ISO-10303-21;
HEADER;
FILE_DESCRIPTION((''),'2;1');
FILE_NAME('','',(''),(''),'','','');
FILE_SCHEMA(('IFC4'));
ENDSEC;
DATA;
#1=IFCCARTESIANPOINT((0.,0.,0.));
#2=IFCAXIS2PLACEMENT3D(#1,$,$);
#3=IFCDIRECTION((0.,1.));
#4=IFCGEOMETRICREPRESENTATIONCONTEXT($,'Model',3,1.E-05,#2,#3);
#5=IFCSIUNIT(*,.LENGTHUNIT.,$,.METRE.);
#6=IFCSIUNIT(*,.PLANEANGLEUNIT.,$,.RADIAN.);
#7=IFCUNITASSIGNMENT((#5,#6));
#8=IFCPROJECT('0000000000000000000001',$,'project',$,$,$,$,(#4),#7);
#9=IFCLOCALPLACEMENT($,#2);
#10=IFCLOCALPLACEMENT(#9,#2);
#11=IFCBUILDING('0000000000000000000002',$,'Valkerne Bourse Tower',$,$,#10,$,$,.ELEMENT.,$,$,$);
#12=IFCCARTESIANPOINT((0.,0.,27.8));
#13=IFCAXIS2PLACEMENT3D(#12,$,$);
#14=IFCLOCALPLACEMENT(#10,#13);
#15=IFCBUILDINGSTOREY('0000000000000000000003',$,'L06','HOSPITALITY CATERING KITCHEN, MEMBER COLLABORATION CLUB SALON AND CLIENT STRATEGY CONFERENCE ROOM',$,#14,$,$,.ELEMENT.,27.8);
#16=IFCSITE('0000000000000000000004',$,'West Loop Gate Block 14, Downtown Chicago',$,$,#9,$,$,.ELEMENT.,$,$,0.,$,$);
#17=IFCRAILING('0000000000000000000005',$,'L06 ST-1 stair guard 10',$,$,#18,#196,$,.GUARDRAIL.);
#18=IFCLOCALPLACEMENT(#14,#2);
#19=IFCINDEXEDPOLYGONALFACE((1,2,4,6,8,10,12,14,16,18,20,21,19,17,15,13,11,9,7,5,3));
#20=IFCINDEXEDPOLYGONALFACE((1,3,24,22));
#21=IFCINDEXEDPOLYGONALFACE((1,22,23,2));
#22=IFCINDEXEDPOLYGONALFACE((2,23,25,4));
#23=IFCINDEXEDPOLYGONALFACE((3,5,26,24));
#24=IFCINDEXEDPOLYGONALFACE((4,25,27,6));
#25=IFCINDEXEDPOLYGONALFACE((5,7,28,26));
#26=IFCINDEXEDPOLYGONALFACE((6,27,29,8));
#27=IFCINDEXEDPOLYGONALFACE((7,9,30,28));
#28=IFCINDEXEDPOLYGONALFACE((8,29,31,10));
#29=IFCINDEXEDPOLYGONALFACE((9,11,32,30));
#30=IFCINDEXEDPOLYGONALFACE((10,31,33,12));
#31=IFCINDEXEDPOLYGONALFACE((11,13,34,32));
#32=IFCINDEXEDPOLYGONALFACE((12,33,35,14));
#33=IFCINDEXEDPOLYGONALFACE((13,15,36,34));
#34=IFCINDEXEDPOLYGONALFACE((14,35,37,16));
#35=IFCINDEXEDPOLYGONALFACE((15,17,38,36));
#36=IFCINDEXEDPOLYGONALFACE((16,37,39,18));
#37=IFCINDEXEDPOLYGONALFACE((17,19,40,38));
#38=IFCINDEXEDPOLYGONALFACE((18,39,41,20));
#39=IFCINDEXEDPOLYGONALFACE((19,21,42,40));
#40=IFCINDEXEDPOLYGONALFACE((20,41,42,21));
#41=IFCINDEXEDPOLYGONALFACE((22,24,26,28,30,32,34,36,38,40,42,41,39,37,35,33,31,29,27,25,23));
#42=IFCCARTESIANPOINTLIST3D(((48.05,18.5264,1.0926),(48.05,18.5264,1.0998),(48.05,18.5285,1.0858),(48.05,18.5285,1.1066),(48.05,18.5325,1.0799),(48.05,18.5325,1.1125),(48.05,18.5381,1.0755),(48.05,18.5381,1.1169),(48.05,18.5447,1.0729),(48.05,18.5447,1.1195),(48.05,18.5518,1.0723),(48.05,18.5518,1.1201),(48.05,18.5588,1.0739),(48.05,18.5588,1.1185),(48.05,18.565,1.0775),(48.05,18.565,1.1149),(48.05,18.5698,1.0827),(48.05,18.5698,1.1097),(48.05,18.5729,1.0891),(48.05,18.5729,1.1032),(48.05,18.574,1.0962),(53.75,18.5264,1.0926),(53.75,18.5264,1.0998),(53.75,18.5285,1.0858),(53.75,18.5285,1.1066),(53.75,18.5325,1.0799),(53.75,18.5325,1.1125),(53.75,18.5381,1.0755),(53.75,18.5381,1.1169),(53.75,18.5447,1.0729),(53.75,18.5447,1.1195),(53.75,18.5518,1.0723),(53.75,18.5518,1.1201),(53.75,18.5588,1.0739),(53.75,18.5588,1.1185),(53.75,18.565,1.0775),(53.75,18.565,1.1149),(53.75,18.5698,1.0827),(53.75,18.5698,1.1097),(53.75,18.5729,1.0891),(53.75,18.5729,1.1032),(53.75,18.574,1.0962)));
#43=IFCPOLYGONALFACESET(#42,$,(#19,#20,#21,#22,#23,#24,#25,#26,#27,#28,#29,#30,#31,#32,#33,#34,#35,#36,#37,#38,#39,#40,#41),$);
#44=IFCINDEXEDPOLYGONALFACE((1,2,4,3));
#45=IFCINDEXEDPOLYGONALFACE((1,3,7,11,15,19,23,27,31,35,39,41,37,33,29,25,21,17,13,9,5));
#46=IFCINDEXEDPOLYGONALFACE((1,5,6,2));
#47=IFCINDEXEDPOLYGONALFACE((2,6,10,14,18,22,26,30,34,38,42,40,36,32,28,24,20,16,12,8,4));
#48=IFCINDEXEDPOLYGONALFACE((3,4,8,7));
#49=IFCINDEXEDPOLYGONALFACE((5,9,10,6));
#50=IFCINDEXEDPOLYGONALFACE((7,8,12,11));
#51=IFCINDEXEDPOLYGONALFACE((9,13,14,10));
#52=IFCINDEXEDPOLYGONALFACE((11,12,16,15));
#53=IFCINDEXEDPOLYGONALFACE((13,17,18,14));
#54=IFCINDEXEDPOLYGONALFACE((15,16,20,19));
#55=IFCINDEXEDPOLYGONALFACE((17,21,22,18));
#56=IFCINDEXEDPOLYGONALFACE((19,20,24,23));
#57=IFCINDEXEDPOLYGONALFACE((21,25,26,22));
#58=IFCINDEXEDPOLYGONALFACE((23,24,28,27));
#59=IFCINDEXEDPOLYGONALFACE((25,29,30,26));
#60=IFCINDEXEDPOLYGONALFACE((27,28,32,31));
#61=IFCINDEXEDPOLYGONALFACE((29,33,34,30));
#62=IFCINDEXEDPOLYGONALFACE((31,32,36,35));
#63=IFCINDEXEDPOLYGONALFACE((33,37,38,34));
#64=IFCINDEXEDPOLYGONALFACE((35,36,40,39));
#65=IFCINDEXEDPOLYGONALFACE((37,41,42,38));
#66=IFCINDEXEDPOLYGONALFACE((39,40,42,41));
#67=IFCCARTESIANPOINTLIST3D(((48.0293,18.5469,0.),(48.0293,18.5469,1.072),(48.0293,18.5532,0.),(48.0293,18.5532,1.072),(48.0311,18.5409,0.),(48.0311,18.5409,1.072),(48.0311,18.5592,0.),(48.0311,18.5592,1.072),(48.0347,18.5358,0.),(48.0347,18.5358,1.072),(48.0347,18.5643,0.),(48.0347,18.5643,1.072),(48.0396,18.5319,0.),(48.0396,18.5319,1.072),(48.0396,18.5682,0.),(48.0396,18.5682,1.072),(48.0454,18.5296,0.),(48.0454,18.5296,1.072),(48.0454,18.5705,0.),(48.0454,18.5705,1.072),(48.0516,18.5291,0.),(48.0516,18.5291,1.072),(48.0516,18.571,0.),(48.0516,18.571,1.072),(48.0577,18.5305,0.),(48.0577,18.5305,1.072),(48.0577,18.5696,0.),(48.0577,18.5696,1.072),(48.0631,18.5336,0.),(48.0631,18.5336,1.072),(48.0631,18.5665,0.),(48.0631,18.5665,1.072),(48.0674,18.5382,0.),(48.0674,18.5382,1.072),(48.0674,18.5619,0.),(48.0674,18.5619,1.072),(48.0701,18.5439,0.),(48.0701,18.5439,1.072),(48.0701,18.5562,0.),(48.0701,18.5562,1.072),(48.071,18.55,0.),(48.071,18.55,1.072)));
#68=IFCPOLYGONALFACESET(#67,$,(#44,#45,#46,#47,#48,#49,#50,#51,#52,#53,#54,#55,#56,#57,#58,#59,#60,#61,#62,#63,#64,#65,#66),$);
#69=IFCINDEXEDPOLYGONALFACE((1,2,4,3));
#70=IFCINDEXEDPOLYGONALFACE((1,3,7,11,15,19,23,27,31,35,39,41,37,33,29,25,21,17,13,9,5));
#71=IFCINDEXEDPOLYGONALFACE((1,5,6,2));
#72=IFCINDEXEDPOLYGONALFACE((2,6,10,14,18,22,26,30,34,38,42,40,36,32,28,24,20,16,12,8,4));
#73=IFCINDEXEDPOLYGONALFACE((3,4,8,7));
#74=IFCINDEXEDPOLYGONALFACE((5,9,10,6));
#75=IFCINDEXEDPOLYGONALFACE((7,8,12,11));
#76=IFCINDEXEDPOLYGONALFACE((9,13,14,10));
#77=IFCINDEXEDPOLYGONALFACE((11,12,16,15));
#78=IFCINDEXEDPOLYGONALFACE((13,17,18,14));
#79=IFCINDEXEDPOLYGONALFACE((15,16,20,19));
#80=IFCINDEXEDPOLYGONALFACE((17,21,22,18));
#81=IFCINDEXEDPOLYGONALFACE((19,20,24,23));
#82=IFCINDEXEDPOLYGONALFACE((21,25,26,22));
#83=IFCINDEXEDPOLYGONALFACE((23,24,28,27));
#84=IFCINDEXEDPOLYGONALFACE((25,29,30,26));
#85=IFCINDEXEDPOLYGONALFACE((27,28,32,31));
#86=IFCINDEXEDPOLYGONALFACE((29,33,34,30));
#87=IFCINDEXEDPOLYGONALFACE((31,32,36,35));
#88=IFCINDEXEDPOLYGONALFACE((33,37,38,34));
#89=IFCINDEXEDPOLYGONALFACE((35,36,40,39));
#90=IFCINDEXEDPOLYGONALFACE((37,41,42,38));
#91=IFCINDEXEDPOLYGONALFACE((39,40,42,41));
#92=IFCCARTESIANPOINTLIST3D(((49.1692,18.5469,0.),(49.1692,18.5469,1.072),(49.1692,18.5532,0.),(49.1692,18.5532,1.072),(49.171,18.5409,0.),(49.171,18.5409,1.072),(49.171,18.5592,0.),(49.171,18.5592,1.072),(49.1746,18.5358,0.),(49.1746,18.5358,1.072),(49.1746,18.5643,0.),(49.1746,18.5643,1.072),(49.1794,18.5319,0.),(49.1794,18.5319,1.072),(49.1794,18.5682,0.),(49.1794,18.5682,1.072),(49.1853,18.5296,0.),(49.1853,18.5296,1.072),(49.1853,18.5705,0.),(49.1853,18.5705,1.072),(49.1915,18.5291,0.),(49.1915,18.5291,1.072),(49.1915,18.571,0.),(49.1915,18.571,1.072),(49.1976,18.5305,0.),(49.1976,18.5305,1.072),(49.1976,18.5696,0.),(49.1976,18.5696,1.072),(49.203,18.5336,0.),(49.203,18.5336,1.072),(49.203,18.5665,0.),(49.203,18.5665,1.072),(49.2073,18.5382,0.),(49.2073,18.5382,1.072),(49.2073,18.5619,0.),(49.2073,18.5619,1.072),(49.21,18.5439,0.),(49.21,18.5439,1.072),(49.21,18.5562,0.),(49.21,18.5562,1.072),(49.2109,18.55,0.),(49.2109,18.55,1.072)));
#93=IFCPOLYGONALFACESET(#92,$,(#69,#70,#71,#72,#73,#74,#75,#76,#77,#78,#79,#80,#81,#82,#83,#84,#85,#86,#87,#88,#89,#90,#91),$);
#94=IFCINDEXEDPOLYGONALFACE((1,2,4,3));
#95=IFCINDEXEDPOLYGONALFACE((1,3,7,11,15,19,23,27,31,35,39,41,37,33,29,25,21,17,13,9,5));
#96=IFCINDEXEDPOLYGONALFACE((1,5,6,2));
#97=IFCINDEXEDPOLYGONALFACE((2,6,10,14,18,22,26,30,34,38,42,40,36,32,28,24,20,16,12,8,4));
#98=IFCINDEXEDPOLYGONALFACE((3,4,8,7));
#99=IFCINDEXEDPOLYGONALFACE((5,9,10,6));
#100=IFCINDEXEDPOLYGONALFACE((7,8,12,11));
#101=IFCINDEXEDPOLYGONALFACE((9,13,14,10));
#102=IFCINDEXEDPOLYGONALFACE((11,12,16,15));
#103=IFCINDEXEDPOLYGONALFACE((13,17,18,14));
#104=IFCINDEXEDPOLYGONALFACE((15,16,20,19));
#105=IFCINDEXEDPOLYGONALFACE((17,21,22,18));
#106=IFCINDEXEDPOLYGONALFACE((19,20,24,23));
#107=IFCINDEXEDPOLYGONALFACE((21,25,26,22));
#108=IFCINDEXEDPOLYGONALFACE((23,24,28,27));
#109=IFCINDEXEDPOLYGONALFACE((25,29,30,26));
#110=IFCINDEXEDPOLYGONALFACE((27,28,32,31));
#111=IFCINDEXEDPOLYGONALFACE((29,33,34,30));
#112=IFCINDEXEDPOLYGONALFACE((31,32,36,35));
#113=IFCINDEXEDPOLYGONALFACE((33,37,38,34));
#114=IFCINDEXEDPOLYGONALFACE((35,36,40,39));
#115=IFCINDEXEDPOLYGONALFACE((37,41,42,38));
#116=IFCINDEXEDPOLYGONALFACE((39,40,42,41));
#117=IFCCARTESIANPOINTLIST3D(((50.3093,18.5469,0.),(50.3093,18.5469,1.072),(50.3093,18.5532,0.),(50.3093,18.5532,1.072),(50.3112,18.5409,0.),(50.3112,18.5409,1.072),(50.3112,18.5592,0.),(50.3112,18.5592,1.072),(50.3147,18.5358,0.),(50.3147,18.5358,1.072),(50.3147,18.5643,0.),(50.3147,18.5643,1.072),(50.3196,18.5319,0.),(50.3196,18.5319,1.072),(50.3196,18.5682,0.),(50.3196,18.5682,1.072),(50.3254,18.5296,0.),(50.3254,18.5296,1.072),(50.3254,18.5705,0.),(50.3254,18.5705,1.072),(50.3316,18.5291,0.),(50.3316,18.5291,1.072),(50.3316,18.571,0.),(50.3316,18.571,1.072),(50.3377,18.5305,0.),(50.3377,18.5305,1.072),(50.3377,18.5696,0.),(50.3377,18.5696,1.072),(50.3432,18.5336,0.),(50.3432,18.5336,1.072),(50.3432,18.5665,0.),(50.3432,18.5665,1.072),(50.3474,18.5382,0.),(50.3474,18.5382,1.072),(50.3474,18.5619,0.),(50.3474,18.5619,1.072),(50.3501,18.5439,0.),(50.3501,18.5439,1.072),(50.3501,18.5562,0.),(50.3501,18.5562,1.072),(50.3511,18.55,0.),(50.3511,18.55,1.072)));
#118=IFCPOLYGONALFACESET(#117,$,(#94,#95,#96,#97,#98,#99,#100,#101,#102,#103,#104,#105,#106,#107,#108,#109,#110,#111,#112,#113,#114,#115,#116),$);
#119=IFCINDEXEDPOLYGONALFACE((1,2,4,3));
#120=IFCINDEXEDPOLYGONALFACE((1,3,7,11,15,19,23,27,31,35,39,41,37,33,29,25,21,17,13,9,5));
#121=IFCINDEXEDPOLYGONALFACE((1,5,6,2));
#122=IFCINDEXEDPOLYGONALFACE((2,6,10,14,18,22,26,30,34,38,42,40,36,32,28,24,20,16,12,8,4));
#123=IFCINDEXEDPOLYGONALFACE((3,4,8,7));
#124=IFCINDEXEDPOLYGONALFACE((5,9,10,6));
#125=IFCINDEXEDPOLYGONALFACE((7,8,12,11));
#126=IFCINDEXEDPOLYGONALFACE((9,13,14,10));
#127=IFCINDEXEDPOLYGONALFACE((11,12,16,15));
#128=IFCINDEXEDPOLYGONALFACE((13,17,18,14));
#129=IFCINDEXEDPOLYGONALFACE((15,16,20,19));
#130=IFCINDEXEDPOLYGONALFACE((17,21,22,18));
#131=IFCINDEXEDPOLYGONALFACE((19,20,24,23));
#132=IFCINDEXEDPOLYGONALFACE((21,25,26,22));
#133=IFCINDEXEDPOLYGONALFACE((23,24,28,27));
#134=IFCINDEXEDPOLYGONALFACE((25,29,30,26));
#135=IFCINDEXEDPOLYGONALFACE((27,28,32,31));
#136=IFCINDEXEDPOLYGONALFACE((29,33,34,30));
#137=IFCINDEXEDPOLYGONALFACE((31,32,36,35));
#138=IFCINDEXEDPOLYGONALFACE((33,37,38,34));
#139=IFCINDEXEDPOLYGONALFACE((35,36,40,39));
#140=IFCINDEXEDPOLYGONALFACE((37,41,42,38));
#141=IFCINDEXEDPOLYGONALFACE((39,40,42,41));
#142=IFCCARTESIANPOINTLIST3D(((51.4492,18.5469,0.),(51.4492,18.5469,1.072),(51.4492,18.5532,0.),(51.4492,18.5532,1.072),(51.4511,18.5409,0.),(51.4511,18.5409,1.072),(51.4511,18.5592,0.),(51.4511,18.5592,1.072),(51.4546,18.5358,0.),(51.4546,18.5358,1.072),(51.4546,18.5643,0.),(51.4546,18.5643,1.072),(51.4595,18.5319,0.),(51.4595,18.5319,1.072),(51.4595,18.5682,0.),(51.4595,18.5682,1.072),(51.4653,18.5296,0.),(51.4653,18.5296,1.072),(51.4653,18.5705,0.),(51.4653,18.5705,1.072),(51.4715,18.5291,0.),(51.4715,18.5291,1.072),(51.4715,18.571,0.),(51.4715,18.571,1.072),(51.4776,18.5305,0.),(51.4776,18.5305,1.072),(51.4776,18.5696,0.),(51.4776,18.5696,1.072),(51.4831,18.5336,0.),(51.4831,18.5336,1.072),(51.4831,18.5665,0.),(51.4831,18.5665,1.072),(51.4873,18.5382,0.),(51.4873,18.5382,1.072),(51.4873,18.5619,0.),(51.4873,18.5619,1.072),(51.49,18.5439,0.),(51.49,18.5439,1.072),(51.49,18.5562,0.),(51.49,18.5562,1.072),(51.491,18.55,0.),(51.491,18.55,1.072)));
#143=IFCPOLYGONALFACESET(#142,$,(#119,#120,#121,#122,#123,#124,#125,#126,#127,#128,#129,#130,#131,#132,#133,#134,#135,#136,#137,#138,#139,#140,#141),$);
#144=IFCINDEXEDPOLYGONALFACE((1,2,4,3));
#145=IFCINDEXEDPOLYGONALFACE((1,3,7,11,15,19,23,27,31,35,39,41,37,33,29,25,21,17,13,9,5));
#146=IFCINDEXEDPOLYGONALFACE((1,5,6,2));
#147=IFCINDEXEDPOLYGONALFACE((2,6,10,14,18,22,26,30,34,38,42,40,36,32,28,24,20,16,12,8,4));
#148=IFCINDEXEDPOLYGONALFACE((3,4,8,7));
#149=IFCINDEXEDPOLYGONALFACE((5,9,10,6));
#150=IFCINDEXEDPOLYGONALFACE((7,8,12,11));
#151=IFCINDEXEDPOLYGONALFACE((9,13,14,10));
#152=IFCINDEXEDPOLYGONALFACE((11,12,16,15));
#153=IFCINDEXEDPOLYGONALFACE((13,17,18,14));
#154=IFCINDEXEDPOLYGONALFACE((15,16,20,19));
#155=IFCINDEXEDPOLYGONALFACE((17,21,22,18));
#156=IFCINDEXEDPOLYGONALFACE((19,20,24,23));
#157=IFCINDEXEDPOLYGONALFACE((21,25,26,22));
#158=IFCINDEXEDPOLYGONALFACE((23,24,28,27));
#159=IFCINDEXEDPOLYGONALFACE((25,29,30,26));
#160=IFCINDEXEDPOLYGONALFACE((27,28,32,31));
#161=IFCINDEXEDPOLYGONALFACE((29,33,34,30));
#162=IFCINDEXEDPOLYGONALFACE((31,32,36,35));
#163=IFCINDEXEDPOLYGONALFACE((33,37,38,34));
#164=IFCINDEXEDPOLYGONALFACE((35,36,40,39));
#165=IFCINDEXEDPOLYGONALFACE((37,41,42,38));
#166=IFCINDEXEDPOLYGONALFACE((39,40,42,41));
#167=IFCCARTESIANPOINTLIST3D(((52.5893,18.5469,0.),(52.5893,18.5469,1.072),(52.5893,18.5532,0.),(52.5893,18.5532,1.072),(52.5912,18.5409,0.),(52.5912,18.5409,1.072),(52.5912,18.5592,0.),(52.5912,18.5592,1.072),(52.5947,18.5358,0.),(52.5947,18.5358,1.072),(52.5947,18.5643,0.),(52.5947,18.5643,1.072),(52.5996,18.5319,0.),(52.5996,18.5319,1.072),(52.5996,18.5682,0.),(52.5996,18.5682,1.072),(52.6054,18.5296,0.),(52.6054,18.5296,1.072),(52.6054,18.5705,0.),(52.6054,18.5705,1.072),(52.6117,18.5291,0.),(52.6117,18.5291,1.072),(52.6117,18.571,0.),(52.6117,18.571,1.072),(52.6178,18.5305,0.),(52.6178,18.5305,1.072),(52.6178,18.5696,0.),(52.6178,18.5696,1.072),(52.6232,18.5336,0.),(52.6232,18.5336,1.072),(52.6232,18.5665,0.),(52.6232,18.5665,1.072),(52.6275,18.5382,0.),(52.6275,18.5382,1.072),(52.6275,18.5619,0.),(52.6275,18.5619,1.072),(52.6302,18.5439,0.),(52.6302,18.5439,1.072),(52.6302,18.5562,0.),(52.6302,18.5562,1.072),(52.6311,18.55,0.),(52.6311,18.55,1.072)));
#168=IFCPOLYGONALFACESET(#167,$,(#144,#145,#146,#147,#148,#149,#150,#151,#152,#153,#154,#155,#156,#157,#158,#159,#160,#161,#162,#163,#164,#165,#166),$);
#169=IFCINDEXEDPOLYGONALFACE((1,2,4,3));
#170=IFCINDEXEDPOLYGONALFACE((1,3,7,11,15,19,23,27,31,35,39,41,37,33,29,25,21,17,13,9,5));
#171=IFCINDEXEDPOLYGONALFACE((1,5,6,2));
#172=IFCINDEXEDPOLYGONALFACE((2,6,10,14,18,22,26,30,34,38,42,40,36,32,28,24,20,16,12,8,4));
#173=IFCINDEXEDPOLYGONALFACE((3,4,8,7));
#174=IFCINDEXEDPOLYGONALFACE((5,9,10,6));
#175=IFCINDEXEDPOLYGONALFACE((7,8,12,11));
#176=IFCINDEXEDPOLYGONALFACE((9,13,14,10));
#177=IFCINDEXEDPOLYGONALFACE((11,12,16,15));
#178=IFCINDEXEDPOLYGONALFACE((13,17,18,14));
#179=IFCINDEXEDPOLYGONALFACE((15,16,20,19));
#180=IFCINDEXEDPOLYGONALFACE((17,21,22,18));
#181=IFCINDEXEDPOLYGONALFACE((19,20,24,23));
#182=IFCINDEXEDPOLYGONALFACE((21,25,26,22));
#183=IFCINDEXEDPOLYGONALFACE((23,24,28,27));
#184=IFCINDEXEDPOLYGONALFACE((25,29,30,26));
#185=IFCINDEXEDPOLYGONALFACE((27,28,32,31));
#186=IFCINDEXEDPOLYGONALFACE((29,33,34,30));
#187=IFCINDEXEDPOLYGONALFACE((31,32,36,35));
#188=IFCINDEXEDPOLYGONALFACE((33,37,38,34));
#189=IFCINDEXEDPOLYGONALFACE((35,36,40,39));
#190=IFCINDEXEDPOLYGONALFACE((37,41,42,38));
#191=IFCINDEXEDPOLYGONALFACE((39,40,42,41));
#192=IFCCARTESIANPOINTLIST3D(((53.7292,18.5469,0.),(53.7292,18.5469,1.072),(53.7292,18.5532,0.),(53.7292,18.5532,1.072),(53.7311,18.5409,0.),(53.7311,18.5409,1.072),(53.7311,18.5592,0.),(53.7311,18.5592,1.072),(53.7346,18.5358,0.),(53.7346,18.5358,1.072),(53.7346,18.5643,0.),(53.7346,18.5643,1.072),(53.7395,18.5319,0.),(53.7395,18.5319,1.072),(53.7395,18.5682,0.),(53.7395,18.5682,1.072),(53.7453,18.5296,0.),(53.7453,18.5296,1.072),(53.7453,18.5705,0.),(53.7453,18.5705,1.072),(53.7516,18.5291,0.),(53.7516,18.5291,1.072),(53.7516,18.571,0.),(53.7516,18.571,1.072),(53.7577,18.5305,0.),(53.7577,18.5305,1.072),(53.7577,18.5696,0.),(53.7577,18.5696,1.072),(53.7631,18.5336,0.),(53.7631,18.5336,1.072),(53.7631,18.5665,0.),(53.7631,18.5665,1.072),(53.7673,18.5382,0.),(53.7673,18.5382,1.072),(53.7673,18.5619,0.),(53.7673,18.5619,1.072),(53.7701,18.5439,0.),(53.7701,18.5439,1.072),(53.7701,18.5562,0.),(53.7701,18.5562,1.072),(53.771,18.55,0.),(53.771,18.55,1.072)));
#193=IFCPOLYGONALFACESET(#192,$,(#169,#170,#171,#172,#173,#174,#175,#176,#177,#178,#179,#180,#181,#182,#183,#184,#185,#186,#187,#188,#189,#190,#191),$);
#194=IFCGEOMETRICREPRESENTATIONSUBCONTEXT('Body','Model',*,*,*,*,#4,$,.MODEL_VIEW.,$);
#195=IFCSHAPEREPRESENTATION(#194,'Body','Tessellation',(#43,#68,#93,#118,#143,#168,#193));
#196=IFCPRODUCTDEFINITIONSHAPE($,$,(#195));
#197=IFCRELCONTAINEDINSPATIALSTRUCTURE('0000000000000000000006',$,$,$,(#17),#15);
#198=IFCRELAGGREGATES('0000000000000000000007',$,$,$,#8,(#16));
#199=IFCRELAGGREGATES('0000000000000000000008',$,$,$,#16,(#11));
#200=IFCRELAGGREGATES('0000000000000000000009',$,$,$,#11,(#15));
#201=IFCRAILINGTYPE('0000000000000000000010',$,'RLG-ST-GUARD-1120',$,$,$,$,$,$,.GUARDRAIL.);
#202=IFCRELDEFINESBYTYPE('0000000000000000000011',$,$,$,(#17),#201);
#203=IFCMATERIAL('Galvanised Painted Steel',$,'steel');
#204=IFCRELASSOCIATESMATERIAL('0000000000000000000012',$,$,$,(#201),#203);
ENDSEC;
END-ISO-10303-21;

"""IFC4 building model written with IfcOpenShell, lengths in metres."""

from ifc_helpers import new_model, si_unit, direction, frame, origin, origin_2d, place, context, subcontext, project, spatial, circle, extrude, material, type_object, element, save


model = new_model("IFC4")

# Units and contexts
model_context = context("Model", 3, precision=1e-05, world=origin(), true_north=direction((0.0, 1.0)))
body_context = subcontext(model_context, "Body", "Model", "MODEL_VIEW")
ifc_project = project(units=[si_unit("LENGTHUNIT", "METRE"), si_unit("PLANEANGLEUNIT", "RADIAN")], contexts=[model_context])

# Site, building, storey
site_placement = place(None, origin())
site = spatial("IfcSite", under=ifc_project, at=site_placement, Name="West Loop Gate Block 14, Downtown Chicago", CompositionType="ELEMENT", RefElevation=0.0)
building_placement = place(site_placement, origin())
building = spatial("IfcBuilding", under=site, at=building_placement, Name="Valkerne Bourse Tower", CompositionType="ELEMENT")
storey_placement = place(building_placement, frame((0.0, 0.0, 27.8)))
storey = spatial("IfcBuildingStorey", under=building, at=storey_placement, Name="L06", Description="HOSPITALITY CATERING KITCHEN, MEMBER COLLABORATION CLUB SALON AND CLIENT STRATEGY CONFERENCE ROOM", CompositionType="ELEMENT", Elevation=27.8)

# Shared definitions
ifc_material_1 = material(Name="Galvanised Painted Steel", Category="steel")

# Railing
railing_type = type_object("IfcRailingType", Name="RLG-ST-GUARD-1120", PredefinedType="GUARDRAIL", material=ifc_material_1)
railing_placement = place(storey_placement, frame((48.05, 18.55, 0.0)))
element("IfcRailing", 1, at=railing_placement, inside=storey, type_object=railing_type, Name="L06 ST-1 stair guard 10", PredefinedType="GUARDRAIL", context=body_context, shape_type="SweptSolid", body=[
    extrude(circle(Radius=0.0239, at=origin_2d()), frame((0.0, 0.0, 1.0962), z_axis=(1.0, 0.0, 0.0), x_axis=(0.0, 1.0, 0.0)), (0.0, 0.0, 1.0), 5.7),
    extrude(circle(Radius=0.021, at=origin_2d()), origin(), (0.0, 0.0, 1.0), 1.072),
    extrude(circle(Radius=0.021, at=origin_2d()), frame((1.1399, 0.0, 0.0)), (0.0, 0.0, 1.0), 1.072),
    extrude(circle(Radius=0.021, at=origin_2d()), frame((2.28, 0.0, 0.0)), (0.0, 0.0, 1.0), 1.072),
    extrude(circle(Radius=0.021, at=origin_2d()), frame((3.4199, 0.0, 0.0)), (0.0, 0.0, 1.0), 1.072),
    extrude(circle(Radius=0.021, at=origin_2d()), frame((4.5601, 0.0, 0.0)), (0.0, 0.0, 1.0), 1.072),
    extrude(circle(Radius=0.021, at=origin_2d()), frame((5.7, 0.0, 0.0)), (0.0, 0.0, 1.0), 1.072),
])

save(model, "model.ifc")
